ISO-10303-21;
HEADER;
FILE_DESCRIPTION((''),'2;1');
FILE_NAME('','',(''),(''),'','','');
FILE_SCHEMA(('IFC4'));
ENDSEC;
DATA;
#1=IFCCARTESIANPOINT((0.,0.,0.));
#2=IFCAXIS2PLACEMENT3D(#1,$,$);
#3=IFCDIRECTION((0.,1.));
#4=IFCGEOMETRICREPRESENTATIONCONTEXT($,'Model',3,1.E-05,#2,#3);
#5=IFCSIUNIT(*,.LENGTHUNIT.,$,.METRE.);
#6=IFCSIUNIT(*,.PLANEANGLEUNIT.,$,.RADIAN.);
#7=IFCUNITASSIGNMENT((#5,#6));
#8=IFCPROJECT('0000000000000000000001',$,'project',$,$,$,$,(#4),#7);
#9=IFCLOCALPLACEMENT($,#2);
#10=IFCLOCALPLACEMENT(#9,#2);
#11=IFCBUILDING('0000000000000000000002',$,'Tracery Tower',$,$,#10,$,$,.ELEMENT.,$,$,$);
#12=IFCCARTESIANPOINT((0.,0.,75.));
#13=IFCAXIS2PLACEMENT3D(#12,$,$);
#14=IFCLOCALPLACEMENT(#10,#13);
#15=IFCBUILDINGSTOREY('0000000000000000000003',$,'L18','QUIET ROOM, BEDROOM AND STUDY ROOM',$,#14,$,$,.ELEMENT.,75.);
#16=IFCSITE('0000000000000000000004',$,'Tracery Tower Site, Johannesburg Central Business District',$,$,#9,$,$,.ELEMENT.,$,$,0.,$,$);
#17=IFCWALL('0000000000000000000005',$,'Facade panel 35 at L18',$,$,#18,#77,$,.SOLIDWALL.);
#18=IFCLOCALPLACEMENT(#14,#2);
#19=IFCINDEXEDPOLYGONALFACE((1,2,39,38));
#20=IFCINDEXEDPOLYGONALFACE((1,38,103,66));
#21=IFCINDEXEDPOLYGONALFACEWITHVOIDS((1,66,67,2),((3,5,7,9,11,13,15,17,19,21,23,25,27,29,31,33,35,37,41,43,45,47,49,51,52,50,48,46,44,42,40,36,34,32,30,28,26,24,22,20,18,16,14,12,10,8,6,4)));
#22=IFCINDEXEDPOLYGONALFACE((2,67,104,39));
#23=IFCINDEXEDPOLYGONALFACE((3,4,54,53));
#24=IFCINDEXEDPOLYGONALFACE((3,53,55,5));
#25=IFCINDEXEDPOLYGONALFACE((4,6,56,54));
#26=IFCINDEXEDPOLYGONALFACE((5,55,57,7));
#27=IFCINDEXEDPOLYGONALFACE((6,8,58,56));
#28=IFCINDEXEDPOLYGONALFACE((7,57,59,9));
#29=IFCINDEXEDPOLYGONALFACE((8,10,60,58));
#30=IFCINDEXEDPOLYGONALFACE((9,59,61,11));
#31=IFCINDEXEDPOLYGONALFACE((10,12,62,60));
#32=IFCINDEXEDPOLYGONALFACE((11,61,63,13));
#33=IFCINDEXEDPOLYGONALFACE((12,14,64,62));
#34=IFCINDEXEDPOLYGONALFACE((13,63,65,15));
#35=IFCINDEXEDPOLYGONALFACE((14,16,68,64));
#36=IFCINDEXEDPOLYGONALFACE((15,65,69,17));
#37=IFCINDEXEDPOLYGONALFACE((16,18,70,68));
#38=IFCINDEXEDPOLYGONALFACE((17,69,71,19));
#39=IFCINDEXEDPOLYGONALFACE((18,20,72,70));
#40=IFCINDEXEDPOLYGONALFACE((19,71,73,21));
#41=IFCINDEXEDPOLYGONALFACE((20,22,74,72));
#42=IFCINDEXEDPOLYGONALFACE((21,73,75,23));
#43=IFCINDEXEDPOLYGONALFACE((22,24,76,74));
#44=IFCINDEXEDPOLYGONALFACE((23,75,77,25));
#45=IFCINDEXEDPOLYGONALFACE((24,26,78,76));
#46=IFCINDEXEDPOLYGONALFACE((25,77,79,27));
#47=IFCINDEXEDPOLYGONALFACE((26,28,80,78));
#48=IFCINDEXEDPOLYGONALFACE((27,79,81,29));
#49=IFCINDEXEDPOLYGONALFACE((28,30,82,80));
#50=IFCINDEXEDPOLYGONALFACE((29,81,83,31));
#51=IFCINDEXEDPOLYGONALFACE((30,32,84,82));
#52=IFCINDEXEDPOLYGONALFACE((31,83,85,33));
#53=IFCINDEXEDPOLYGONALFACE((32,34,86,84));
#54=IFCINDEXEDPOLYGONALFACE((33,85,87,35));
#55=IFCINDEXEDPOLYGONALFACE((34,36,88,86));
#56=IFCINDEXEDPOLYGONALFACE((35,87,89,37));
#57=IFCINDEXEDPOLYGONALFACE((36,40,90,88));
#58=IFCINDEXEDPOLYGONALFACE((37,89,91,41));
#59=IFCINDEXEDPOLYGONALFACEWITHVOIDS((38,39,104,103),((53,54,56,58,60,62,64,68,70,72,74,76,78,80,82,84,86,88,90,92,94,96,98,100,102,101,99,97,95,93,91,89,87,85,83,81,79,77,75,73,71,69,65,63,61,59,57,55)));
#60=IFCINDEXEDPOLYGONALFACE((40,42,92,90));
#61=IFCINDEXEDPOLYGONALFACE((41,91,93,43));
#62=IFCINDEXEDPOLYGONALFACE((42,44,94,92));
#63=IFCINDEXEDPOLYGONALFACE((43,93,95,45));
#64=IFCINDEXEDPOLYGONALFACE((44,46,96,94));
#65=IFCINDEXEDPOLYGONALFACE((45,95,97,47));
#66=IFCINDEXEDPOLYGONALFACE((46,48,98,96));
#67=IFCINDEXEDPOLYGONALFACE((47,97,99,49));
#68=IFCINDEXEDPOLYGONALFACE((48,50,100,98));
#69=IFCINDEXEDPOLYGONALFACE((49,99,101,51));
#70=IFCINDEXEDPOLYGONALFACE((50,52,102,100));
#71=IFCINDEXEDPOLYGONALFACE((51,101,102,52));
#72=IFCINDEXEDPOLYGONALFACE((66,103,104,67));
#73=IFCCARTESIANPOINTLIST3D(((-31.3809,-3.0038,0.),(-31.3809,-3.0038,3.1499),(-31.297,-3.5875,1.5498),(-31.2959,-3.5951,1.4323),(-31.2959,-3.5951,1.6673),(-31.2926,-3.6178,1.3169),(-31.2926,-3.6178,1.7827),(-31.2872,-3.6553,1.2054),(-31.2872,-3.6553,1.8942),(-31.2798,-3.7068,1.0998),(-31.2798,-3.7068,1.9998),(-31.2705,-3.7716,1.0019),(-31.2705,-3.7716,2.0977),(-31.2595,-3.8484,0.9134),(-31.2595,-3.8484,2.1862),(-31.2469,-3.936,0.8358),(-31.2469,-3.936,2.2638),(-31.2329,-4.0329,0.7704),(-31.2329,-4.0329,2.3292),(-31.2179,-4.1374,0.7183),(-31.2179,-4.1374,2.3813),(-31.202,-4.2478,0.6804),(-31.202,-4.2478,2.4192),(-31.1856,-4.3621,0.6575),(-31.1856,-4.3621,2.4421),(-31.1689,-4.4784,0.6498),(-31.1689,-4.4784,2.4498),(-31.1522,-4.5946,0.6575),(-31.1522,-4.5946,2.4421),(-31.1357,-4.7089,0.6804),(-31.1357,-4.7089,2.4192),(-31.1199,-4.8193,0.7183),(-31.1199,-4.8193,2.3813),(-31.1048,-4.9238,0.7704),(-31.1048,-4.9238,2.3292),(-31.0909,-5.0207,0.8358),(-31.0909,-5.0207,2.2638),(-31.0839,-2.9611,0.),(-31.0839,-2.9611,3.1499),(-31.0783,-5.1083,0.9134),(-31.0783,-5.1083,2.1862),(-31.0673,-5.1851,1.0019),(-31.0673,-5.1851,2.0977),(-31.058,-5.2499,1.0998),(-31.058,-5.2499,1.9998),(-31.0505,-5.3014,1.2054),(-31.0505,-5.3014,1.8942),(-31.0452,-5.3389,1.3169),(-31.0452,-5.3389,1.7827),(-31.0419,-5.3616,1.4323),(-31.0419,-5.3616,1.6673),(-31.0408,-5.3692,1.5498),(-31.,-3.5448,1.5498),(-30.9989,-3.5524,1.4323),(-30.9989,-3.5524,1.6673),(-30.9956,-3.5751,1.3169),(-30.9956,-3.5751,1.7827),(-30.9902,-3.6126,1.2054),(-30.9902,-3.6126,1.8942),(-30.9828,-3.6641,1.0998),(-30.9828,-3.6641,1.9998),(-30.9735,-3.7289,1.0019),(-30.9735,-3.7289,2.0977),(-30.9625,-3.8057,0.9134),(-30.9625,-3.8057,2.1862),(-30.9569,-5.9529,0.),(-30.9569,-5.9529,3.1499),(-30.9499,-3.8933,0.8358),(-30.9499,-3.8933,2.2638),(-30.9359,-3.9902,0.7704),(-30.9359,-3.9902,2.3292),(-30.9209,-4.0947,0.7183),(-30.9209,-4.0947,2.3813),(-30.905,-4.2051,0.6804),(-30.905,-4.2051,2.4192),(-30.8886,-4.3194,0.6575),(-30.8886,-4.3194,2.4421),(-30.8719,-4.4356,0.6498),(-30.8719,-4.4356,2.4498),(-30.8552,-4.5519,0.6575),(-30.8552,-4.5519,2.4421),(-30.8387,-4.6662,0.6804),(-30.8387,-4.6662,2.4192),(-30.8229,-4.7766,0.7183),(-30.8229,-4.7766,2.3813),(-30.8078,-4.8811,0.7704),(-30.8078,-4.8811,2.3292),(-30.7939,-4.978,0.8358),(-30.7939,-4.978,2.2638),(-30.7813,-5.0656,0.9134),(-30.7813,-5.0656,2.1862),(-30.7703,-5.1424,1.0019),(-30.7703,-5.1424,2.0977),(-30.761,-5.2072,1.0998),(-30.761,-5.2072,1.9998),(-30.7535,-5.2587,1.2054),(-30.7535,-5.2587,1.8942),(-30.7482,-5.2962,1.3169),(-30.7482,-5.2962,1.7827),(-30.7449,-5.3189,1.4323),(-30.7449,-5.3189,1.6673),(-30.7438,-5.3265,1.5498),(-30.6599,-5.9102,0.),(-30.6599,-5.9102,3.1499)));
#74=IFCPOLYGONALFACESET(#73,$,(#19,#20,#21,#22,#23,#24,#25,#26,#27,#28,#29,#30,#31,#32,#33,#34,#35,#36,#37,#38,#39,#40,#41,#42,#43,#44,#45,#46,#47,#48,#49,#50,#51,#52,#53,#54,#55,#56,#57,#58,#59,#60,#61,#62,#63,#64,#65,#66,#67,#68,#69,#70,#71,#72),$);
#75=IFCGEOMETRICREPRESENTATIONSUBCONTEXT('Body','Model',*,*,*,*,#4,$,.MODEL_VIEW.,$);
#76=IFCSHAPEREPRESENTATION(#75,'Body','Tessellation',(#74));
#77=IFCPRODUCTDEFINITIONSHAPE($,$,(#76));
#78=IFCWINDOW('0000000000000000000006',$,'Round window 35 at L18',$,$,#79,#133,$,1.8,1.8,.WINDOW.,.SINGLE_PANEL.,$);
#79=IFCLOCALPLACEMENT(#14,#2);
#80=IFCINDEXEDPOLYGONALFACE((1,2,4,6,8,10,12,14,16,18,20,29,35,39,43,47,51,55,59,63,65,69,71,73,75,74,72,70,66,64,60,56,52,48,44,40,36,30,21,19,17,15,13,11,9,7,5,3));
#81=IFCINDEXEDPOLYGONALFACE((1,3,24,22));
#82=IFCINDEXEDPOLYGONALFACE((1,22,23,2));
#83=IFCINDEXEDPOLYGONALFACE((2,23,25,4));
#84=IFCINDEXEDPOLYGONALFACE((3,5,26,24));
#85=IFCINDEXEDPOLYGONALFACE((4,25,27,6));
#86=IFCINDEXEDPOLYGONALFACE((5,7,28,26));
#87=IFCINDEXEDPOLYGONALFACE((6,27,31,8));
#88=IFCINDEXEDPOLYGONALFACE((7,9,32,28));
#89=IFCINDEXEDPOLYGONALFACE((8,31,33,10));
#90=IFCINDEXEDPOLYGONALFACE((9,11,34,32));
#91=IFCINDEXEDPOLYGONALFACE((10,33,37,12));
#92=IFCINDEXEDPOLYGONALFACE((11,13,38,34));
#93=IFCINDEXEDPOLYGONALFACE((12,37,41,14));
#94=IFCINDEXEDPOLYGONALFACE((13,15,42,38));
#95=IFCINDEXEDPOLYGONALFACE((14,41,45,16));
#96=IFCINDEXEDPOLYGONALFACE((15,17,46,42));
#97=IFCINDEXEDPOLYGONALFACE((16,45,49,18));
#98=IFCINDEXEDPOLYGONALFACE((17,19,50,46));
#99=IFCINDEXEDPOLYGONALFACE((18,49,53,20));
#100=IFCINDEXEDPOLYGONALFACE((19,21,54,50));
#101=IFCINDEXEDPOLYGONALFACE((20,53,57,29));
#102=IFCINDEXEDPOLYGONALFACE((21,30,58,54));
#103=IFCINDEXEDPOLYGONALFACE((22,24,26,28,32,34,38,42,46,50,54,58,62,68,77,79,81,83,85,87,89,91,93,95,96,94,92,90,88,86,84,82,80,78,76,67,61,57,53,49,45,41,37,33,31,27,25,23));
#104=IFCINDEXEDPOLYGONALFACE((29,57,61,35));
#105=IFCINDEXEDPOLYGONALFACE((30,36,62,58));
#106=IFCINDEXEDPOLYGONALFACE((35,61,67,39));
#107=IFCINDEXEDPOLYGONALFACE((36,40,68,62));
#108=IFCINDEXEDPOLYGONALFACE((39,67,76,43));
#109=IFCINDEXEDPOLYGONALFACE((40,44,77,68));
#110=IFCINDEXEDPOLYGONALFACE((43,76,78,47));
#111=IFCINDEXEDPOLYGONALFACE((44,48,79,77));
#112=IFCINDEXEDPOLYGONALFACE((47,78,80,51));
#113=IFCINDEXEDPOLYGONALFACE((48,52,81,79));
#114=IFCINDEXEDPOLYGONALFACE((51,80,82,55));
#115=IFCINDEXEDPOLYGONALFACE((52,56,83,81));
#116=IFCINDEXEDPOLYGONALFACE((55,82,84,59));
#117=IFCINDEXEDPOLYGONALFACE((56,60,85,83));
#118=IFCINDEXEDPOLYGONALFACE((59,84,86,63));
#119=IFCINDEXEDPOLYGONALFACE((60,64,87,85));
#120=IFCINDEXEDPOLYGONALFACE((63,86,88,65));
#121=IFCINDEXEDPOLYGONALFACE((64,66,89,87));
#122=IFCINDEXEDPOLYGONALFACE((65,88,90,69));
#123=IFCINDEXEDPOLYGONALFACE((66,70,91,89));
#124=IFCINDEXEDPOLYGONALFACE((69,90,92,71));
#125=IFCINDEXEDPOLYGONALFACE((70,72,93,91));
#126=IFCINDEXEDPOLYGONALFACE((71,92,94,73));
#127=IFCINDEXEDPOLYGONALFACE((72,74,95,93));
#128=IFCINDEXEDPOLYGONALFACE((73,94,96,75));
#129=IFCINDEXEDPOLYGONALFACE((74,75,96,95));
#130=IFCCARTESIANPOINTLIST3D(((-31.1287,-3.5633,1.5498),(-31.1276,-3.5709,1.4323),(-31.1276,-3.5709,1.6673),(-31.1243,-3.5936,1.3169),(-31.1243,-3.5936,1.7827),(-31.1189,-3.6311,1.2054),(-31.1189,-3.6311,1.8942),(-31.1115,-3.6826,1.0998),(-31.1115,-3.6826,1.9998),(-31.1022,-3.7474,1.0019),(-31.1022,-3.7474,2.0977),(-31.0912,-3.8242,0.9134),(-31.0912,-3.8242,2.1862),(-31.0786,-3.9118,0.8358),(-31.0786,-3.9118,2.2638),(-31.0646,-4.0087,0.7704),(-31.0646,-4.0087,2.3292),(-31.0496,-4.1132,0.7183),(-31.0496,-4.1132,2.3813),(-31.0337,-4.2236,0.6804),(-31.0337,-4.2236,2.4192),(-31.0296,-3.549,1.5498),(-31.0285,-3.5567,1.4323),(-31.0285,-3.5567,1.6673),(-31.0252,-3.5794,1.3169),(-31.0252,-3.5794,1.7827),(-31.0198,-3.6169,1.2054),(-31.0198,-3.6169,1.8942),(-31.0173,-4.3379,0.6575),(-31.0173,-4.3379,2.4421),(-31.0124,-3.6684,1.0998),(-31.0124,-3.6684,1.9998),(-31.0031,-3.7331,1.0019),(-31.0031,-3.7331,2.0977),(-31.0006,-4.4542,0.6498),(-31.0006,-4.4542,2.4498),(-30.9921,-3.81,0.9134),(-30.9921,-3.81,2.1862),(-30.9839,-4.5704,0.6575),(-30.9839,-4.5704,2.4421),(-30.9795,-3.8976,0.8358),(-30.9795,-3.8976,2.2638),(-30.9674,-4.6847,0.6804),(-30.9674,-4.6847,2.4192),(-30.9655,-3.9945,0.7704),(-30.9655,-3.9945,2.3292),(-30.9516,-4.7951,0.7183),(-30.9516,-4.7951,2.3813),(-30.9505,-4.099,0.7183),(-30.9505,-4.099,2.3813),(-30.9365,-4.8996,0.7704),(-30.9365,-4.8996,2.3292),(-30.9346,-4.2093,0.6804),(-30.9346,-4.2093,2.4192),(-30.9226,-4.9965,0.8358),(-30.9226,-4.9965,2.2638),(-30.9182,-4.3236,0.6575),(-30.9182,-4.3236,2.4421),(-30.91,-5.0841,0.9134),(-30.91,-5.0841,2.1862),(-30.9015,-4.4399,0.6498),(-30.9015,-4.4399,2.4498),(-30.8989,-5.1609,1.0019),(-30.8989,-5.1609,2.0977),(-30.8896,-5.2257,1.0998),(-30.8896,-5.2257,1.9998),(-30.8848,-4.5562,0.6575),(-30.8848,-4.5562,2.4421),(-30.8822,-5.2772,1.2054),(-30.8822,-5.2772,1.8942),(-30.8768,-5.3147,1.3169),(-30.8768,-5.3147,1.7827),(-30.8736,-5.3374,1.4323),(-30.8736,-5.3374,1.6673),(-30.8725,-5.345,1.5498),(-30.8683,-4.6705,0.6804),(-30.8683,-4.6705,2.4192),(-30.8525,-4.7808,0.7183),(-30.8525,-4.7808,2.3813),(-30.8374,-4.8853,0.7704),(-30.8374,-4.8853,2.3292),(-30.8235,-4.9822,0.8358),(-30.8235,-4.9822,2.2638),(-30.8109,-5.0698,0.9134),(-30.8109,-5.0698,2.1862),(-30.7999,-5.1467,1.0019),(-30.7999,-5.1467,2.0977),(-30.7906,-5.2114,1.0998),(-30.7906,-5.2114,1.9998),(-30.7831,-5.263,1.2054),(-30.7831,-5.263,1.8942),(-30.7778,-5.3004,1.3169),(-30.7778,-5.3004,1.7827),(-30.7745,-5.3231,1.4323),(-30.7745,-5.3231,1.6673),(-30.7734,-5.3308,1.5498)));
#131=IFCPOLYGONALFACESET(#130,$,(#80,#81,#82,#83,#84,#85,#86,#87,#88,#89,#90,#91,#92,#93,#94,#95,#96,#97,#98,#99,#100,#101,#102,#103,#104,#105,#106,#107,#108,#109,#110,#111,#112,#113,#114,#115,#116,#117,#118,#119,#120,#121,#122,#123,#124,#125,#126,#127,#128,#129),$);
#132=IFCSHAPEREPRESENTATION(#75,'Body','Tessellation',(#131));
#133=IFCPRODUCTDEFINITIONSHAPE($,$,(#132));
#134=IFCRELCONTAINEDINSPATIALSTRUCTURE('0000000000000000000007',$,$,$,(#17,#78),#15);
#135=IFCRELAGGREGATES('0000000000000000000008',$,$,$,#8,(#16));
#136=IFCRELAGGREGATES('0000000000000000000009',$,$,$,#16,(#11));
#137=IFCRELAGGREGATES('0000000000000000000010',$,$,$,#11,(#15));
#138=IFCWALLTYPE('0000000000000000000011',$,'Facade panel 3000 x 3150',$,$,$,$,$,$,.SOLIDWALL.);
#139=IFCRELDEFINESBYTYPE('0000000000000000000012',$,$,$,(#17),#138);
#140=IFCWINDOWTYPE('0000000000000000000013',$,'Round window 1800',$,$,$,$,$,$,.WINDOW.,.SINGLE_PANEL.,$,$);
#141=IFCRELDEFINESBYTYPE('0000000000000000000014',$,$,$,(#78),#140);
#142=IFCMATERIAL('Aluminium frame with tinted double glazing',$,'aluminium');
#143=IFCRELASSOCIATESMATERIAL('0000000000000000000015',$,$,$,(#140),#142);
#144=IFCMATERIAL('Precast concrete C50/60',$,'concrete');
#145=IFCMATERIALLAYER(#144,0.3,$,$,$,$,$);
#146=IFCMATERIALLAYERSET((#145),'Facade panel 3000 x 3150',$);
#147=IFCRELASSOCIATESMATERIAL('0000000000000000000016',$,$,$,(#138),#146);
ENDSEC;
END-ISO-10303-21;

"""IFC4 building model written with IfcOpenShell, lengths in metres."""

from ifc_helpers import new_model, si_unit, direction, frame, frame_2d, origin, origin_2d, place, context, subcontext, project, spatial, rectangle, circle, extrude, material, layer, layer_set, type_object, element, fill, save


model = new_model("IFC4")

# Units and contexts
model_context = context("Model", 3, precision=1e-05, world=origin(), true_north=direction((0.0, 1.0)))
body_context = subcontext(model_context, "Body", "Model", "MODEL_VIEW")
ifc_project = project(units=[si_unit("LENGTHUNIT", "METRE"), si_unit("PLANEANGLEUNIT", "RADIAN")], contexts=[model_context])

# Site, building, storey
site_placement = place(None, origin())
site = spatial("IfcSite", under=ifc_project, at=site_placement, Name="Tracery Tower Site, Johannesburg Central Business District", CompositionType="ELEMENT", RefElevation=0.0)
building_placement = place(site_placement, origin())
building = spatial("IfcBuilding", under=site, at=building_placement, Name="Tracery Tower", CompositionType="ELEMENT")
storey_placement = place(building_placement, frame((0.0, 0.0, 75.0)))
storey = spatial("IfcBuildingStorey", under=building, at=storey_placement, Name="L18", Description="QUIET ROOM, BEDROOM AND STUDY ROOM", CompositionType="ELEMENT", Elevation=75.0)

# Wall, opening, window
ifc_material_1 = material(Name="Aluminium frame with tinted double glazing", Category="aluminium")
window_type = type_object("IfcWindowType", Name="Round window 1800", PartitioningType="SINGLE_PANEL", PredefinedType="WINDOW", material=ifc_material_1)
ifc_material_2 = material(Name="Precast concrete C50/60", Category="concrete")
ifc_layer_1 = layer(ifc_material_2, 0.3)
ifc_layer_set_1 = layer_set([ifc_layer_1], Name="Facade panel 3000 x 3150")
wall_type_1 = type_object("IfcWallType", Name="Facade panel 3000 x 3150", PredefinedType="SOLIDWALL", material=ifc_layer_set_1)
wall_1_placement = place(storey_placement, frame((-31.2324, -2.9824, 0.0), z_axis=(0.0, 0.0, 1.0), x_axis=(0.142328, -0.98982, 0.0)))
wall_1 = element("IfcWall", 1, at=wall_1_placement, inside=storey, type_object=wall_type_1, Name="Facade panel 35 at L18", PredefinedType="SOLIDWALL", context=body_context, shape_type="SweptSolid", body=[
    extrude(rectangle(XDim=2.9795, YDim=0.3, at=frame_2d((1.4897, 0.0))), origin(), (0.0, 0.0, 1.0), 3.1499),
])
opening_1_placement = place(wall_1_placement, frame((1.4897, 0.0, 1.5498)))
opening_1 = element("IfcOpeningElement", 2, at=opening_1_placement, cuts=wall_1, PredefinedType="OPENING", context=body_context, shape_type="SweptSolid", body=[
    extrude(circle(Radius=0.9, at=origin_2d()), frame((0.0, 0.1599, 0.0), z_axis=(0.0, -1.0, 0.0), x_axis=(1.0, 0.0, 0.0)), (0.0, 0.0, 1.0), 0.3201),
])
window_1_placement = place(opening_1_placement, origin())
window_1 = element("IfcWindow", 3, at=window_1_placement, inside=storey, type_object=window_type, Name="Round window 35 at L18", OverallHeight=1.8, OverallWidth=1.8, PartitioningType="SINGLE_PANEL", PredefinedType="WINDOW", context=body_context, shape_type="SweptSolid", body=[
    extrude(circle(Radius=0.9, at=origin_2d()), frame((0.0, 0.1201, 0.0), z_axis=(0.0, -1.0, 0.0), x_axis=(1.0, 0.0, 0.0)), (0.0, 0.0, 1.0), 0.1001),
])
fill(opening_1, window_1)

save(model, "model.ifc")
